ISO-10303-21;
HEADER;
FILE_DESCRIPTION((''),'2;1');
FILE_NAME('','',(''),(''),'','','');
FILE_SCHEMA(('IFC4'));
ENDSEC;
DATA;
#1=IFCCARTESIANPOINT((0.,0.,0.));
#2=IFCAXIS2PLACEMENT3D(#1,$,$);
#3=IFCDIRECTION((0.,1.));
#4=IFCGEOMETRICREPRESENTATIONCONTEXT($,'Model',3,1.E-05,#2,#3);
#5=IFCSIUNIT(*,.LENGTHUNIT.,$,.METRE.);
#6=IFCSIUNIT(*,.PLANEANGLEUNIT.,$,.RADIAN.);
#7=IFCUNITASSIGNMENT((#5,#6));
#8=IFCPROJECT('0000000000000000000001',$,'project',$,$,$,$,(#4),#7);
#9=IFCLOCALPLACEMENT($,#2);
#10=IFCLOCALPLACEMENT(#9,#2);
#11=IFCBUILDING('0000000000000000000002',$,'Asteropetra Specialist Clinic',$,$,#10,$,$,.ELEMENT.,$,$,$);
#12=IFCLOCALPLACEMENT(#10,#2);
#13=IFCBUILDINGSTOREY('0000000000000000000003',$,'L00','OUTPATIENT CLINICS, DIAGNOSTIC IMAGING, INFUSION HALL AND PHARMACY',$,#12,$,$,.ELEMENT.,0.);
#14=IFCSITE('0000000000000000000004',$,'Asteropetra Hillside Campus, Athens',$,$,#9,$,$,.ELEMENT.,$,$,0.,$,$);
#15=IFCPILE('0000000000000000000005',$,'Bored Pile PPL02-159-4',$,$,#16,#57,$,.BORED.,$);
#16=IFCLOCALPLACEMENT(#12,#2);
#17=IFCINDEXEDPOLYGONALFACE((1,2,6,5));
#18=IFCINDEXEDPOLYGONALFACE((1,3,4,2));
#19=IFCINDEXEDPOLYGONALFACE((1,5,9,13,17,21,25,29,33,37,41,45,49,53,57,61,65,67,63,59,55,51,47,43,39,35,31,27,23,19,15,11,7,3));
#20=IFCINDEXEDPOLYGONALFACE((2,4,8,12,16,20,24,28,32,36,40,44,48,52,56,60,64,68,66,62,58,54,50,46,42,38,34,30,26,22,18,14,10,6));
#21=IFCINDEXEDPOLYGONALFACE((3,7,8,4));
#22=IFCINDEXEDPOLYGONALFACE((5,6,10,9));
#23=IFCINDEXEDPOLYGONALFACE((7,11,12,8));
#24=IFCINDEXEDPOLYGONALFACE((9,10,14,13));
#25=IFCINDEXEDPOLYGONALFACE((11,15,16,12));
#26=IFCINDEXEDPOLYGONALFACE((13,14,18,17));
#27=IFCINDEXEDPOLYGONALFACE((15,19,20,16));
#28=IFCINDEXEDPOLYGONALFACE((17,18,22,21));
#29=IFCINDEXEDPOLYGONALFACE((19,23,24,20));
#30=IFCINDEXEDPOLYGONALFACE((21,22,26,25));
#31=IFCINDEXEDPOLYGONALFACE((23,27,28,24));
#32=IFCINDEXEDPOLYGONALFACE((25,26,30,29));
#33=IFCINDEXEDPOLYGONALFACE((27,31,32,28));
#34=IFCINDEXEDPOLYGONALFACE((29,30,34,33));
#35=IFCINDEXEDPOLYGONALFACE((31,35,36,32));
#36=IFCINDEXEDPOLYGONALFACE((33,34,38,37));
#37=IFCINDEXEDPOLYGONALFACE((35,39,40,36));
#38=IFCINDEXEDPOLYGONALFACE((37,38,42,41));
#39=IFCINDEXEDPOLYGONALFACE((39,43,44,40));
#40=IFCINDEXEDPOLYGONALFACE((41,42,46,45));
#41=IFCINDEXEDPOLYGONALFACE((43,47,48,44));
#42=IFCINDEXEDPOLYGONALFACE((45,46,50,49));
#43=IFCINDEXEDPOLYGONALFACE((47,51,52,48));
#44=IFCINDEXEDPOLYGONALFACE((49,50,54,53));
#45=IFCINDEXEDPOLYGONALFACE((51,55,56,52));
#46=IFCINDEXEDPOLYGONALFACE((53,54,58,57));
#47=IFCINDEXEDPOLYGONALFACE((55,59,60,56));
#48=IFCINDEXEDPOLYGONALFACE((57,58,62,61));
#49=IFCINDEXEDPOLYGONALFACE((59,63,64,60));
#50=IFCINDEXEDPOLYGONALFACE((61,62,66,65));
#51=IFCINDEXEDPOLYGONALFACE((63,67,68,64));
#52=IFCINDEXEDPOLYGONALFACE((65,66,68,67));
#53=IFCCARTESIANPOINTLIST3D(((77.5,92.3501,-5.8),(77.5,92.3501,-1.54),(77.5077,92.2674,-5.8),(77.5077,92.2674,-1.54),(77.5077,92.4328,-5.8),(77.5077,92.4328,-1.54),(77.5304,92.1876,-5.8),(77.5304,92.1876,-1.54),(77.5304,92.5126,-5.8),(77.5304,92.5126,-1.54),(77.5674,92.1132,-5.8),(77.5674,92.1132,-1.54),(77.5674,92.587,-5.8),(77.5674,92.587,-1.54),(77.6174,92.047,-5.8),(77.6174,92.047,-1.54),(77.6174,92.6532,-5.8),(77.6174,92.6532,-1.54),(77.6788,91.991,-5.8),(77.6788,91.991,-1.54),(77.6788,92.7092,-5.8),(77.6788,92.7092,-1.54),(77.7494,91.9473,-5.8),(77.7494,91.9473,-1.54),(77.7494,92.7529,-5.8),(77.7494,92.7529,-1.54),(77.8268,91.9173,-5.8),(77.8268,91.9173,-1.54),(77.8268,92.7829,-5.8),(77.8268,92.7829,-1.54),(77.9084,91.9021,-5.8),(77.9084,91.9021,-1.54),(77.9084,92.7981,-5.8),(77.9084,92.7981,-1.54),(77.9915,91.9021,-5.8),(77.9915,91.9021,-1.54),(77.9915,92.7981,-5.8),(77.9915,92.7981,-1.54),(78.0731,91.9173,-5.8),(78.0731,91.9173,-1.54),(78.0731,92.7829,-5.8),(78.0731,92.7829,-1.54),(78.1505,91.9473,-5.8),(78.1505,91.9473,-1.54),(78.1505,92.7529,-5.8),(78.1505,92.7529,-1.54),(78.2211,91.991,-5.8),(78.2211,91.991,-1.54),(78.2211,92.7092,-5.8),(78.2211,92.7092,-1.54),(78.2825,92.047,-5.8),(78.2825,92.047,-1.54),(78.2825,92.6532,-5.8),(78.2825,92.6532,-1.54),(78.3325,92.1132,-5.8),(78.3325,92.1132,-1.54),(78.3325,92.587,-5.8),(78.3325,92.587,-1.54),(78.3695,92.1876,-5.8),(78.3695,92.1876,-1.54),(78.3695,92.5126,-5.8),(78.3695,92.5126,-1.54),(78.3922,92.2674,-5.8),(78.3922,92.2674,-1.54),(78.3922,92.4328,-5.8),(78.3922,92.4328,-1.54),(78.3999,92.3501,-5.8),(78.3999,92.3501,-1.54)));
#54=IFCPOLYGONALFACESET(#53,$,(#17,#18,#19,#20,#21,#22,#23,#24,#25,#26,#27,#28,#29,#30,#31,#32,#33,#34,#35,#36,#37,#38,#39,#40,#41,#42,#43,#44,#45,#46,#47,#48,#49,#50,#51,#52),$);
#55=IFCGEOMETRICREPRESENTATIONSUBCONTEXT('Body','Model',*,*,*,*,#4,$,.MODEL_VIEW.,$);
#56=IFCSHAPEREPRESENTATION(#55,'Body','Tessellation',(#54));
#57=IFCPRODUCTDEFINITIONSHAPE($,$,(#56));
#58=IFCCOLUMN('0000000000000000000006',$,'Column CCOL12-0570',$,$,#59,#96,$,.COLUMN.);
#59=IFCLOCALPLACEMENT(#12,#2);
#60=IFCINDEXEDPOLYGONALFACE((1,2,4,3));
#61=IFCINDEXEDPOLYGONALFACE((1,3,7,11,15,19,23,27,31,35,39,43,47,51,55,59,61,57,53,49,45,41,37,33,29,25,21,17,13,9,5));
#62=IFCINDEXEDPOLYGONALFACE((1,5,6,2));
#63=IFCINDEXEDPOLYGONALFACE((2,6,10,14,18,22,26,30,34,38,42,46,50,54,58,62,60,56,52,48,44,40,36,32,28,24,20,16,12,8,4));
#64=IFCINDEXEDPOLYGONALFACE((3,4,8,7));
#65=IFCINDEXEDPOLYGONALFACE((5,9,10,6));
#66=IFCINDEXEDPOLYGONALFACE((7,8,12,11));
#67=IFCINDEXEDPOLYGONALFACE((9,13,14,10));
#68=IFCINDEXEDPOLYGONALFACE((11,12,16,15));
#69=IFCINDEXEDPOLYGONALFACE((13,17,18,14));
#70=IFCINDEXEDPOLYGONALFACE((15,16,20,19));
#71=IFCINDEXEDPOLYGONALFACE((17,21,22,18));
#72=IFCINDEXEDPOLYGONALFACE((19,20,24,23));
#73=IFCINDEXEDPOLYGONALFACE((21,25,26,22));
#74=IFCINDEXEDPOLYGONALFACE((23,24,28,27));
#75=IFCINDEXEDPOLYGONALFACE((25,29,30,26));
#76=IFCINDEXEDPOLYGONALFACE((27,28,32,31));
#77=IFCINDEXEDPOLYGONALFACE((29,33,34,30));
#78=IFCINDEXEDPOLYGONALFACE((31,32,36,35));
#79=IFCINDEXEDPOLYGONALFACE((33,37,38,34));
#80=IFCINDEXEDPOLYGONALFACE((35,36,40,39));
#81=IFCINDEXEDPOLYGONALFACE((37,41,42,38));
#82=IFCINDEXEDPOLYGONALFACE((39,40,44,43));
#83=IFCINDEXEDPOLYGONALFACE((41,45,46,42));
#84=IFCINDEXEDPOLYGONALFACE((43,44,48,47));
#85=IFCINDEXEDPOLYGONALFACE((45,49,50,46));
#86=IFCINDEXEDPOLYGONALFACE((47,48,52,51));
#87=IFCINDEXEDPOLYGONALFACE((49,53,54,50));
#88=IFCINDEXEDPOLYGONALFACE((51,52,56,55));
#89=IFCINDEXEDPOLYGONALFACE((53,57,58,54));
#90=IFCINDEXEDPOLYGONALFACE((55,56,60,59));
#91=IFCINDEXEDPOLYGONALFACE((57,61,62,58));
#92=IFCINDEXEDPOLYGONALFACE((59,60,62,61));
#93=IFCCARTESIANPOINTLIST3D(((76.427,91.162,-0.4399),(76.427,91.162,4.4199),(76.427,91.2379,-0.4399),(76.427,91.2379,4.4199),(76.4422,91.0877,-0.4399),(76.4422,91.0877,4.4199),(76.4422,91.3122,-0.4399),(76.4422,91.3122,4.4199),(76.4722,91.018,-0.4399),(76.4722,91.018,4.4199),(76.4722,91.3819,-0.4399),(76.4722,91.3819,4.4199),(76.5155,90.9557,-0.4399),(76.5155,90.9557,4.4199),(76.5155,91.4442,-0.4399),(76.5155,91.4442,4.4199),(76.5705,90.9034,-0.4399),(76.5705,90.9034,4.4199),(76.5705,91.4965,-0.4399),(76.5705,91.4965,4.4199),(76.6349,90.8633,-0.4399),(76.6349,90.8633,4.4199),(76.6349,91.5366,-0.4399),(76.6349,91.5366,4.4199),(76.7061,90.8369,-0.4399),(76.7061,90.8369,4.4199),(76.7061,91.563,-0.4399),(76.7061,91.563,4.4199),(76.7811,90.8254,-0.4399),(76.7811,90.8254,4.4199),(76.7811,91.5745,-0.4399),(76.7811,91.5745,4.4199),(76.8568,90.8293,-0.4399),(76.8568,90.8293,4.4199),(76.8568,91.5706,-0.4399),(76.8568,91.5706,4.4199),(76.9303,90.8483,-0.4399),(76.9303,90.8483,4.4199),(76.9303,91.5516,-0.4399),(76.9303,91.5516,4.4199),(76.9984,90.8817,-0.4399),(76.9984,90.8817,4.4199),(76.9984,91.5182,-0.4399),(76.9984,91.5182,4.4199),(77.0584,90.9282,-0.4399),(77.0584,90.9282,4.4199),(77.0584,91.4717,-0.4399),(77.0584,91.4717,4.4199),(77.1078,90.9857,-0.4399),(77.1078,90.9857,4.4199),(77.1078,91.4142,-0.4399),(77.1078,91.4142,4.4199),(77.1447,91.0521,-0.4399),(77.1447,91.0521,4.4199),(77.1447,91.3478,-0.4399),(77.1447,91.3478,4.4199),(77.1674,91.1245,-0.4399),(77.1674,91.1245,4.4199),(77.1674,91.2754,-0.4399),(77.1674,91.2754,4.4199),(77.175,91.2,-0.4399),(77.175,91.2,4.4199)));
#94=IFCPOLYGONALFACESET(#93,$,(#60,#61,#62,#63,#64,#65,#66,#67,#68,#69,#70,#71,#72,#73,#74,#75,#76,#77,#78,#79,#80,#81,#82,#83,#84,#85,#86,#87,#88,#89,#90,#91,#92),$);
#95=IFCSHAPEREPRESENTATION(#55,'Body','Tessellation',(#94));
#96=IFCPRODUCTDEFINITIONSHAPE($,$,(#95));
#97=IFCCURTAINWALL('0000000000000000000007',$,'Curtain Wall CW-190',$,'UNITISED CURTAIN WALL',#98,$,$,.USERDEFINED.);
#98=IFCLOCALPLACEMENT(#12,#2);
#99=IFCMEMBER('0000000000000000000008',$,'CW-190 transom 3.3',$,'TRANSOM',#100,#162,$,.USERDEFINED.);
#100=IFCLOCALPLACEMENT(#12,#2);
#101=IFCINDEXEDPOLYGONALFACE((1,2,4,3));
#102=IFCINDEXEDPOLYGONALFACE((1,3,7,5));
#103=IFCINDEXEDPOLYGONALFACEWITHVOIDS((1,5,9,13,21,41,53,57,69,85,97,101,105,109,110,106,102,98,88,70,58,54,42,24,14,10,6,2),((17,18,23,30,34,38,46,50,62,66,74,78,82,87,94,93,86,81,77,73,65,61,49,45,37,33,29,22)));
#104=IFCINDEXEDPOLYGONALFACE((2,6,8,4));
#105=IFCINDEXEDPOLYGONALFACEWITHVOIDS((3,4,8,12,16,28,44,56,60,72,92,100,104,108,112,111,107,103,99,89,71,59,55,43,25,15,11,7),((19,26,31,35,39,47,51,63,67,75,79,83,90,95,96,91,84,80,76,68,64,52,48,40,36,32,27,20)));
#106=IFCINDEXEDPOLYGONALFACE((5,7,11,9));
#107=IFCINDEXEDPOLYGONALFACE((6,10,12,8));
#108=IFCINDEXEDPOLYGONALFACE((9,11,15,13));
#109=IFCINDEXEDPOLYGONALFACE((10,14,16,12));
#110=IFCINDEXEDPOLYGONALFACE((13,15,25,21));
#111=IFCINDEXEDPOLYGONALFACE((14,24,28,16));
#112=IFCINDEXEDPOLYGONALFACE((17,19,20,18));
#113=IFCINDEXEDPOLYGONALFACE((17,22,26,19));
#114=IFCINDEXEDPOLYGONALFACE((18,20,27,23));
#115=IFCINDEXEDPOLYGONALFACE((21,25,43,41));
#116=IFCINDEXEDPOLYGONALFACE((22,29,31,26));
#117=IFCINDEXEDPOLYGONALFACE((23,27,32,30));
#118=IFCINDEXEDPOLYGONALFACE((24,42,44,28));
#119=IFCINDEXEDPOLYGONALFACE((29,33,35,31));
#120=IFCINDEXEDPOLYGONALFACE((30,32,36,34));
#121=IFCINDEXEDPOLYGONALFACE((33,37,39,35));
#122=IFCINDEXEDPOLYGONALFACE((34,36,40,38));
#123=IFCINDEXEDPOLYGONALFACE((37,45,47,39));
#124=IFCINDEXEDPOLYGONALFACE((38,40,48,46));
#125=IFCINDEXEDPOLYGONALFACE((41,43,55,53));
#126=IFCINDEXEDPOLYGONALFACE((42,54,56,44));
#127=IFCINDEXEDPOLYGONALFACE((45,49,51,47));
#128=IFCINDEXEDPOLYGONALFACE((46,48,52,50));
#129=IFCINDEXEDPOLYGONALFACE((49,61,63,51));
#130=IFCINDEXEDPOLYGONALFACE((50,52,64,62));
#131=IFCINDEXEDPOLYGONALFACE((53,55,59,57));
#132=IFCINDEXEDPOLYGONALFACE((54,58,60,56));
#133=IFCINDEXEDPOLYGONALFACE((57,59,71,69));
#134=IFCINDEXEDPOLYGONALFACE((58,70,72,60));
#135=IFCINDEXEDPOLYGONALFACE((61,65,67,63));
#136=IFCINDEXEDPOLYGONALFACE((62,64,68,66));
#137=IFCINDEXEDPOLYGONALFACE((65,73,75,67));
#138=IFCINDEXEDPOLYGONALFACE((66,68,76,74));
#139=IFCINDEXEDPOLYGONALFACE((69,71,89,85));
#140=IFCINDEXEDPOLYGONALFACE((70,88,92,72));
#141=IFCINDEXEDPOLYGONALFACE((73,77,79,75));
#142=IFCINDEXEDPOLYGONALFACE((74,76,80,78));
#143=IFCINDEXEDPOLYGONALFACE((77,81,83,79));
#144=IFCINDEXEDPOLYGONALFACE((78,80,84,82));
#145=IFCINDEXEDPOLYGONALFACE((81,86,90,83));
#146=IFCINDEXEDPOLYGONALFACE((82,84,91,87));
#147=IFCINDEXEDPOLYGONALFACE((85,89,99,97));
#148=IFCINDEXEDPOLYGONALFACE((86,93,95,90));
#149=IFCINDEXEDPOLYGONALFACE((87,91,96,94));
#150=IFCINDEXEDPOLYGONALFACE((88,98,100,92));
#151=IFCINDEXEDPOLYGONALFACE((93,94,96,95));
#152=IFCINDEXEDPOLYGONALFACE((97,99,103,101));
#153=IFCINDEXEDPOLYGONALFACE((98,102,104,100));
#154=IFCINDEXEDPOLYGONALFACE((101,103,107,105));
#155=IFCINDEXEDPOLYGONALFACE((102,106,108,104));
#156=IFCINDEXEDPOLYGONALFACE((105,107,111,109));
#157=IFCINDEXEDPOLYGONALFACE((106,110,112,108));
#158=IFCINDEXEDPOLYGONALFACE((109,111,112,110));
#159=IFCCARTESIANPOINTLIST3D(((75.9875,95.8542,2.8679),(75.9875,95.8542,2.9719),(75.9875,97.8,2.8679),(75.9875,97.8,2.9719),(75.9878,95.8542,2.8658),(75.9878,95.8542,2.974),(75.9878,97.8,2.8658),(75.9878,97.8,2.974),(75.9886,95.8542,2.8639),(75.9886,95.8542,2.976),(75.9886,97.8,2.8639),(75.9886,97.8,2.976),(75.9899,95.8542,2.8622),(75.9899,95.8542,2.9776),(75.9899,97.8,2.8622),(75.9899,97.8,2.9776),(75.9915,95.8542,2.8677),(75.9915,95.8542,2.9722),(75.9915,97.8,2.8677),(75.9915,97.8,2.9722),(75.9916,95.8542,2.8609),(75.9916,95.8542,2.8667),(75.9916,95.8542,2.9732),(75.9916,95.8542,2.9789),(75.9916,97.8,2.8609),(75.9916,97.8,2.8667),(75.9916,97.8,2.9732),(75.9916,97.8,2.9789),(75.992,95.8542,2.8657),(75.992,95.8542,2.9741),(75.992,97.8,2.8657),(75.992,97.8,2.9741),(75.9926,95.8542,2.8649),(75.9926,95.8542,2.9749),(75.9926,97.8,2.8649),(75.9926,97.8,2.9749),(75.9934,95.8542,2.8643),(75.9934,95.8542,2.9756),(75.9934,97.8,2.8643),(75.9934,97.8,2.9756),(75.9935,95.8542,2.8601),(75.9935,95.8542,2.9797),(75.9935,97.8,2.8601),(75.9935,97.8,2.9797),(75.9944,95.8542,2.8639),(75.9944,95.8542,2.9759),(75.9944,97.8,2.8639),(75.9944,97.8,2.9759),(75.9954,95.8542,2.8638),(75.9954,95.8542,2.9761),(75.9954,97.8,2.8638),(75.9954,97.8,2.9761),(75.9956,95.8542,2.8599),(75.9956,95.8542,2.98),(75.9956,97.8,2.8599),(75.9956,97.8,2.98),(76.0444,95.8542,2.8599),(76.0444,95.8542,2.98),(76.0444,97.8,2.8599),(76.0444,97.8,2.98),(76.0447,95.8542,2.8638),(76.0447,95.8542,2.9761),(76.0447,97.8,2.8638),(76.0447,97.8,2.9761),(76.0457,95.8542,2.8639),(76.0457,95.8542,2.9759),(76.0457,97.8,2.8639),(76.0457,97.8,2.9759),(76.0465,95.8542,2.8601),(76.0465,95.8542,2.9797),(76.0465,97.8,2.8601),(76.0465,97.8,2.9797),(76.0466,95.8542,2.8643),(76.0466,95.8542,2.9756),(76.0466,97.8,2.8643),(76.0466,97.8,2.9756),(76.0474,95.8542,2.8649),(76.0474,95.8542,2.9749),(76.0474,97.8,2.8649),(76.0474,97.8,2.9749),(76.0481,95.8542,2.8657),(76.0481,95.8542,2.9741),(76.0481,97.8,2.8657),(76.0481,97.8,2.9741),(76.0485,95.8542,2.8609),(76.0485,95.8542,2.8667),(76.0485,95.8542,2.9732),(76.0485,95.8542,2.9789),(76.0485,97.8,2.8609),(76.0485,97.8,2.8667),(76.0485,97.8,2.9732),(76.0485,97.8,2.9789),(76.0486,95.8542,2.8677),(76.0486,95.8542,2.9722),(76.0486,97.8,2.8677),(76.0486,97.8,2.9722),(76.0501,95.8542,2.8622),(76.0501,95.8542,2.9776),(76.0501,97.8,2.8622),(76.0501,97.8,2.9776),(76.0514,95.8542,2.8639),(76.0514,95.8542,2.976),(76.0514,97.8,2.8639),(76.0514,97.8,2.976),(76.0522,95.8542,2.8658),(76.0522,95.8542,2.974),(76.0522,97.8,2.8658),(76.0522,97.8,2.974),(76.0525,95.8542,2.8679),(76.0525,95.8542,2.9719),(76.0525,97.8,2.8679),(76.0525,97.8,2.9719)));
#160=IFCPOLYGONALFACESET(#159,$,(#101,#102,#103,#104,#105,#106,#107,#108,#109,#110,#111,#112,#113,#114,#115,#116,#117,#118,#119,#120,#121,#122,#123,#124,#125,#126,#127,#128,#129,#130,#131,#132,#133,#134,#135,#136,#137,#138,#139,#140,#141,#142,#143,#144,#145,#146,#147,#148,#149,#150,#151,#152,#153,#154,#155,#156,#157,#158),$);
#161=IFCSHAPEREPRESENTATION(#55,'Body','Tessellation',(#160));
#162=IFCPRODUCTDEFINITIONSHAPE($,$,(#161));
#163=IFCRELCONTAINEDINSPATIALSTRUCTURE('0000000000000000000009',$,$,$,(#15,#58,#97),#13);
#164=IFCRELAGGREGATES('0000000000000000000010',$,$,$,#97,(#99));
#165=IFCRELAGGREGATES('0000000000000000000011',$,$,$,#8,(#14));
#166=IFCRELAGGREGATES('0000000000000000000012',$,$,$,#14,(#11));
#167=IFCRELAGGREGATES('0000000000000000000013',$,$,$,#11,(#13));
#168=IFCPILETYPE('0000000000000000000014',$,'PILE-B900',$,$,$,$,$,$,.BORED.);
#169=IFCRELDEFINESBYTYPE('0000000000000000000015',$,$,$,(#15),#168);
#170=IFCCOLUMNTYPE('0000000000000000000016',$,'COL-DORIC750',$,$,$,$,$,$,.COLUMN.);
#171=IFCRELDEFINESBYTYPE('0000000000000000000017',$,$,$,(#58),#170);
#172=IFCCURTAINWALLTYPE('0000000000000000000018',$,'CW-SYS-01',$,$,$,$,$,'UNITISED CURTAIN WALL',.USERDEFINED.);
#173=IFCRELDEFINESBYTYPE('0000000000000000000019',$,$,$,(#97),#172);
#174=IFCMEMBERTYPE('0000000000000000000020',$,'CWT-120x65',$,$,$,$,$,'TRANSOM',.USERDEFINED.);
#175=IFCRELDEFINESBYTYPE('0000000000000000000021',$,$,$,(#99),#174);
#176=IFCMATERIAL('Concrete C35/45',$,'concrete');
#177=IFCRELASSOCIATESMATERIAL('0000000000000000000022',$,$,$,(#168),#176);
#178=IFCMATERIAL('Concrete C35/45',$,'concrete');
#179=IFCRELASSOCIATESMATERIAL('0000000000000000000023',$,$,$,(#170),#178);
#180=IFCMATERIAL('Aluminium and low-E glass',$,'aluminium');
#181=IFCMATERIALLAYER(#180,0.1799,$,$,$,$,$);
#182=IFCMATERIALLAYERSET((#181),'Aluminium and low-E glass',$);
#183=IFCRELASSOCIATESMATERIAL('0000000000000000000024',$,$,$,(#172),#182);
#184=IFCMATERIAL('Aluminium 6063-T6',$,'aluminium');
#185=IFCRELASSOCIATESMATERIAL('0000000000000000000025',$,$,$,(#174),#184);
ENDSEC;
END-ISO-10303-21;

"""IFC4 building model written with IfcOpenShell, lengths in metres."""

from ifc_helpers import new_model, si_unit, direction, frame, origin, origin_2d, place, context, subcontext, project, spatial, hollow_rectangle, circle, extrude, material, layer, layer_set, material_profile, profile_set, type_object, element, aggregate, save


model = new_model("IFC4")

# Units and contexts
model_context = context("Model", 3, precision=1e-05, world=origin(), true_north=direction((0.0, 1.0)))
body_context = subcontext(model_context, "Body", "Model", "MODEL_VIEW")
ifc_project = project(units=[si_unit("LENGTHUNIT", "METRE"), si_unit("PLANEANGLEUNIT", "RADIAN")], contexts=[model_context])

# Site, building, storey
site_placement = place(None, origin())
site = spatial("IfcSite", under=ifc_project, at=site_placement, Name="Asteropetra Hillside Campus, Athens", CompositionType="ELEMENT", RefElevation=0.0)
building_placement = place(site_placement, origin())
building = spatial("IfcBuilding", under=site, at=building_placement, Name="Asteropetra Specialist Clinic", CompositionType="ELEMENT")
storey_placement = place(building_placement, origin())
storey = spatial("IfcBuildingStorey", under=building, at=storey_placement, Name="L00", Description="OUTPATIENT CLINICS, DIAGNOSTIC IMAGING, INFUSION HALL AND PHARMACY", CompositionType="ELEMENT", Elevation=0.0)

# Pile
ifc_material_1 = material(Name="Concrete C35/45", Category="concrete")
ifc_material_profile_1 = material_profile(ifc_material_1, circle(Radius=0.45, at=origin_2d()), Name="PILE D900")
ifc_profile_set_1 = profile_set([ifc_material_profile_1], Name="Concrete C35/45")
pile_type_1 = type_object("IfcPileType", Name="PILE-B900", PredefinedType="BORED", material=ifc_profile_set_1)
for number, where, z_axis, x_axis, name in (
    (1, (77.95, 92.3501, -1.54), (0.0, 0.0, -1.0), (1.0, 0.0, 0.0), "Bored Pile PPL02-159-4"),
):
    element("IfcPile", number, at=place(storey_placement, frame(where, z_axis=z_axis, x_axis=x_axis)), inside=storey, type_object=pile_type_1, Name=name, PredefinedType="BORED", context=body_context, shape_type="SweptSolid", body=[
        extrude(circle(Radius=0.45, at=origin_2d()), origin(), (0.0, 0.0, 1.0), 4.26),
    ])

# Column
ifc_material_2 = material(Name="Concrete C35/45", Category="concrete")
ifc_material_profile_2 = material_profile(ifc_material_2, circle(Radius=0.375, at=origin_2d()), Name="RCC D750")
ifc_profile_set_2 = profile_set([ifc_material_profile_2], Name="Concrete C35/45")
column_type = type_object("IfcColumnType", Name="COL-DORIC750", PredefinedType="COLUMN", material=ifc_profile_set_2)
column_placement = place(storey_placement, frame((76.8, 91.2, -0.4399), z_axis=(0.0, 0.0, 1.0), x_axis=(1.0, 0.0, 0.0)))
element("IfcColumn", 2, at=column_placement, inside=storey, type_object=column_type, Name="Column CCOL12-0570", PredefinedType="COLUMN", context=body_context, shape_type="SweptSolid", body=[
    extrude(circle(Radius=0.375, at=origin_2d()), origin(), (0.0, 0.0, 1.0), 4.8599),
])

# Curtain wall, member
ifc_material_3 = material(Name="Aluminium and low-E glass", Category="aluminium")
ifc_layer_1 = layer(ifc_material_3, 0.1799)
ifc_layer_set_1 = layer_set([ifc_layer_1], Name="Aluminium and low-E glass")
curtain_wall_type = type_object("IfcCurtainWallType", Name="CW-SYS-01", ElementType="UNITISED CURTAIN WALL", PredefinedType="USERDEFINED", material=ifc_layer_set_1)
curtain_wall_placement = place(storey_placement, origin())
curtain_wall = element("IfcCurtainWall", 3, at=curtain_wall_placement, inside=storey, type_object=curtain_wall_type, Name="Curtain Wall CW-190", ObjectType="UNITISED CURTAIN WALL", PredefinedType="USERDEFINED")
ifc_material_4 = material(Name="Aluminium 6063-T6", Category="aluminium")
ifc_material_profile_3 = material_profile(ifc_material_4, hollow_rectangle(XDim=0.0649, YDim=0.1201, WallThickness=0.0039, InnerFilletRadius=0.0039, OuterFilletRadius=0.0081, at=origin_2d()), Name="TRN 120x65x4.0")
ifc_profile_set_3 = profile_set([ifc_material_profile_3], Name="Aluminium 6063-T6")
member_type = type_object("IfcMemberType", Name="CWT-120x65", ElementType="TRANSOM", PredefinedType="USERDEFINED", material=ifc_profile_set_3)
member_1_placement = place(storey_placement, frame((76.02, 95.8542, 2.9199), z_axis=(0.0, 1.0, 0.0), x_axis=(-1.0, 0.0, 0.0)))
member_1 = element("IfcMember", 4, at=member_1_placement, type_object=member_type, Name="CW-190 transom 3.3", ObjectType="TRANSOM", PredefinedType="USERDEFINED", context=body_context, shape_type="SweptSolid", body=[
    extrude(hollow_rectangle(XDim=0.0649, YDim=0.1201, WallThickness=0.0039, InnerFilletRadius=0.0039, OuterFilletRadius=0.0081, at=origin_2d()), origin(), (0.0, 0.0, 1.0), 1.9458),
])
aggregate(curtain_wall, [member_1])

save(model, "model.ifc")
